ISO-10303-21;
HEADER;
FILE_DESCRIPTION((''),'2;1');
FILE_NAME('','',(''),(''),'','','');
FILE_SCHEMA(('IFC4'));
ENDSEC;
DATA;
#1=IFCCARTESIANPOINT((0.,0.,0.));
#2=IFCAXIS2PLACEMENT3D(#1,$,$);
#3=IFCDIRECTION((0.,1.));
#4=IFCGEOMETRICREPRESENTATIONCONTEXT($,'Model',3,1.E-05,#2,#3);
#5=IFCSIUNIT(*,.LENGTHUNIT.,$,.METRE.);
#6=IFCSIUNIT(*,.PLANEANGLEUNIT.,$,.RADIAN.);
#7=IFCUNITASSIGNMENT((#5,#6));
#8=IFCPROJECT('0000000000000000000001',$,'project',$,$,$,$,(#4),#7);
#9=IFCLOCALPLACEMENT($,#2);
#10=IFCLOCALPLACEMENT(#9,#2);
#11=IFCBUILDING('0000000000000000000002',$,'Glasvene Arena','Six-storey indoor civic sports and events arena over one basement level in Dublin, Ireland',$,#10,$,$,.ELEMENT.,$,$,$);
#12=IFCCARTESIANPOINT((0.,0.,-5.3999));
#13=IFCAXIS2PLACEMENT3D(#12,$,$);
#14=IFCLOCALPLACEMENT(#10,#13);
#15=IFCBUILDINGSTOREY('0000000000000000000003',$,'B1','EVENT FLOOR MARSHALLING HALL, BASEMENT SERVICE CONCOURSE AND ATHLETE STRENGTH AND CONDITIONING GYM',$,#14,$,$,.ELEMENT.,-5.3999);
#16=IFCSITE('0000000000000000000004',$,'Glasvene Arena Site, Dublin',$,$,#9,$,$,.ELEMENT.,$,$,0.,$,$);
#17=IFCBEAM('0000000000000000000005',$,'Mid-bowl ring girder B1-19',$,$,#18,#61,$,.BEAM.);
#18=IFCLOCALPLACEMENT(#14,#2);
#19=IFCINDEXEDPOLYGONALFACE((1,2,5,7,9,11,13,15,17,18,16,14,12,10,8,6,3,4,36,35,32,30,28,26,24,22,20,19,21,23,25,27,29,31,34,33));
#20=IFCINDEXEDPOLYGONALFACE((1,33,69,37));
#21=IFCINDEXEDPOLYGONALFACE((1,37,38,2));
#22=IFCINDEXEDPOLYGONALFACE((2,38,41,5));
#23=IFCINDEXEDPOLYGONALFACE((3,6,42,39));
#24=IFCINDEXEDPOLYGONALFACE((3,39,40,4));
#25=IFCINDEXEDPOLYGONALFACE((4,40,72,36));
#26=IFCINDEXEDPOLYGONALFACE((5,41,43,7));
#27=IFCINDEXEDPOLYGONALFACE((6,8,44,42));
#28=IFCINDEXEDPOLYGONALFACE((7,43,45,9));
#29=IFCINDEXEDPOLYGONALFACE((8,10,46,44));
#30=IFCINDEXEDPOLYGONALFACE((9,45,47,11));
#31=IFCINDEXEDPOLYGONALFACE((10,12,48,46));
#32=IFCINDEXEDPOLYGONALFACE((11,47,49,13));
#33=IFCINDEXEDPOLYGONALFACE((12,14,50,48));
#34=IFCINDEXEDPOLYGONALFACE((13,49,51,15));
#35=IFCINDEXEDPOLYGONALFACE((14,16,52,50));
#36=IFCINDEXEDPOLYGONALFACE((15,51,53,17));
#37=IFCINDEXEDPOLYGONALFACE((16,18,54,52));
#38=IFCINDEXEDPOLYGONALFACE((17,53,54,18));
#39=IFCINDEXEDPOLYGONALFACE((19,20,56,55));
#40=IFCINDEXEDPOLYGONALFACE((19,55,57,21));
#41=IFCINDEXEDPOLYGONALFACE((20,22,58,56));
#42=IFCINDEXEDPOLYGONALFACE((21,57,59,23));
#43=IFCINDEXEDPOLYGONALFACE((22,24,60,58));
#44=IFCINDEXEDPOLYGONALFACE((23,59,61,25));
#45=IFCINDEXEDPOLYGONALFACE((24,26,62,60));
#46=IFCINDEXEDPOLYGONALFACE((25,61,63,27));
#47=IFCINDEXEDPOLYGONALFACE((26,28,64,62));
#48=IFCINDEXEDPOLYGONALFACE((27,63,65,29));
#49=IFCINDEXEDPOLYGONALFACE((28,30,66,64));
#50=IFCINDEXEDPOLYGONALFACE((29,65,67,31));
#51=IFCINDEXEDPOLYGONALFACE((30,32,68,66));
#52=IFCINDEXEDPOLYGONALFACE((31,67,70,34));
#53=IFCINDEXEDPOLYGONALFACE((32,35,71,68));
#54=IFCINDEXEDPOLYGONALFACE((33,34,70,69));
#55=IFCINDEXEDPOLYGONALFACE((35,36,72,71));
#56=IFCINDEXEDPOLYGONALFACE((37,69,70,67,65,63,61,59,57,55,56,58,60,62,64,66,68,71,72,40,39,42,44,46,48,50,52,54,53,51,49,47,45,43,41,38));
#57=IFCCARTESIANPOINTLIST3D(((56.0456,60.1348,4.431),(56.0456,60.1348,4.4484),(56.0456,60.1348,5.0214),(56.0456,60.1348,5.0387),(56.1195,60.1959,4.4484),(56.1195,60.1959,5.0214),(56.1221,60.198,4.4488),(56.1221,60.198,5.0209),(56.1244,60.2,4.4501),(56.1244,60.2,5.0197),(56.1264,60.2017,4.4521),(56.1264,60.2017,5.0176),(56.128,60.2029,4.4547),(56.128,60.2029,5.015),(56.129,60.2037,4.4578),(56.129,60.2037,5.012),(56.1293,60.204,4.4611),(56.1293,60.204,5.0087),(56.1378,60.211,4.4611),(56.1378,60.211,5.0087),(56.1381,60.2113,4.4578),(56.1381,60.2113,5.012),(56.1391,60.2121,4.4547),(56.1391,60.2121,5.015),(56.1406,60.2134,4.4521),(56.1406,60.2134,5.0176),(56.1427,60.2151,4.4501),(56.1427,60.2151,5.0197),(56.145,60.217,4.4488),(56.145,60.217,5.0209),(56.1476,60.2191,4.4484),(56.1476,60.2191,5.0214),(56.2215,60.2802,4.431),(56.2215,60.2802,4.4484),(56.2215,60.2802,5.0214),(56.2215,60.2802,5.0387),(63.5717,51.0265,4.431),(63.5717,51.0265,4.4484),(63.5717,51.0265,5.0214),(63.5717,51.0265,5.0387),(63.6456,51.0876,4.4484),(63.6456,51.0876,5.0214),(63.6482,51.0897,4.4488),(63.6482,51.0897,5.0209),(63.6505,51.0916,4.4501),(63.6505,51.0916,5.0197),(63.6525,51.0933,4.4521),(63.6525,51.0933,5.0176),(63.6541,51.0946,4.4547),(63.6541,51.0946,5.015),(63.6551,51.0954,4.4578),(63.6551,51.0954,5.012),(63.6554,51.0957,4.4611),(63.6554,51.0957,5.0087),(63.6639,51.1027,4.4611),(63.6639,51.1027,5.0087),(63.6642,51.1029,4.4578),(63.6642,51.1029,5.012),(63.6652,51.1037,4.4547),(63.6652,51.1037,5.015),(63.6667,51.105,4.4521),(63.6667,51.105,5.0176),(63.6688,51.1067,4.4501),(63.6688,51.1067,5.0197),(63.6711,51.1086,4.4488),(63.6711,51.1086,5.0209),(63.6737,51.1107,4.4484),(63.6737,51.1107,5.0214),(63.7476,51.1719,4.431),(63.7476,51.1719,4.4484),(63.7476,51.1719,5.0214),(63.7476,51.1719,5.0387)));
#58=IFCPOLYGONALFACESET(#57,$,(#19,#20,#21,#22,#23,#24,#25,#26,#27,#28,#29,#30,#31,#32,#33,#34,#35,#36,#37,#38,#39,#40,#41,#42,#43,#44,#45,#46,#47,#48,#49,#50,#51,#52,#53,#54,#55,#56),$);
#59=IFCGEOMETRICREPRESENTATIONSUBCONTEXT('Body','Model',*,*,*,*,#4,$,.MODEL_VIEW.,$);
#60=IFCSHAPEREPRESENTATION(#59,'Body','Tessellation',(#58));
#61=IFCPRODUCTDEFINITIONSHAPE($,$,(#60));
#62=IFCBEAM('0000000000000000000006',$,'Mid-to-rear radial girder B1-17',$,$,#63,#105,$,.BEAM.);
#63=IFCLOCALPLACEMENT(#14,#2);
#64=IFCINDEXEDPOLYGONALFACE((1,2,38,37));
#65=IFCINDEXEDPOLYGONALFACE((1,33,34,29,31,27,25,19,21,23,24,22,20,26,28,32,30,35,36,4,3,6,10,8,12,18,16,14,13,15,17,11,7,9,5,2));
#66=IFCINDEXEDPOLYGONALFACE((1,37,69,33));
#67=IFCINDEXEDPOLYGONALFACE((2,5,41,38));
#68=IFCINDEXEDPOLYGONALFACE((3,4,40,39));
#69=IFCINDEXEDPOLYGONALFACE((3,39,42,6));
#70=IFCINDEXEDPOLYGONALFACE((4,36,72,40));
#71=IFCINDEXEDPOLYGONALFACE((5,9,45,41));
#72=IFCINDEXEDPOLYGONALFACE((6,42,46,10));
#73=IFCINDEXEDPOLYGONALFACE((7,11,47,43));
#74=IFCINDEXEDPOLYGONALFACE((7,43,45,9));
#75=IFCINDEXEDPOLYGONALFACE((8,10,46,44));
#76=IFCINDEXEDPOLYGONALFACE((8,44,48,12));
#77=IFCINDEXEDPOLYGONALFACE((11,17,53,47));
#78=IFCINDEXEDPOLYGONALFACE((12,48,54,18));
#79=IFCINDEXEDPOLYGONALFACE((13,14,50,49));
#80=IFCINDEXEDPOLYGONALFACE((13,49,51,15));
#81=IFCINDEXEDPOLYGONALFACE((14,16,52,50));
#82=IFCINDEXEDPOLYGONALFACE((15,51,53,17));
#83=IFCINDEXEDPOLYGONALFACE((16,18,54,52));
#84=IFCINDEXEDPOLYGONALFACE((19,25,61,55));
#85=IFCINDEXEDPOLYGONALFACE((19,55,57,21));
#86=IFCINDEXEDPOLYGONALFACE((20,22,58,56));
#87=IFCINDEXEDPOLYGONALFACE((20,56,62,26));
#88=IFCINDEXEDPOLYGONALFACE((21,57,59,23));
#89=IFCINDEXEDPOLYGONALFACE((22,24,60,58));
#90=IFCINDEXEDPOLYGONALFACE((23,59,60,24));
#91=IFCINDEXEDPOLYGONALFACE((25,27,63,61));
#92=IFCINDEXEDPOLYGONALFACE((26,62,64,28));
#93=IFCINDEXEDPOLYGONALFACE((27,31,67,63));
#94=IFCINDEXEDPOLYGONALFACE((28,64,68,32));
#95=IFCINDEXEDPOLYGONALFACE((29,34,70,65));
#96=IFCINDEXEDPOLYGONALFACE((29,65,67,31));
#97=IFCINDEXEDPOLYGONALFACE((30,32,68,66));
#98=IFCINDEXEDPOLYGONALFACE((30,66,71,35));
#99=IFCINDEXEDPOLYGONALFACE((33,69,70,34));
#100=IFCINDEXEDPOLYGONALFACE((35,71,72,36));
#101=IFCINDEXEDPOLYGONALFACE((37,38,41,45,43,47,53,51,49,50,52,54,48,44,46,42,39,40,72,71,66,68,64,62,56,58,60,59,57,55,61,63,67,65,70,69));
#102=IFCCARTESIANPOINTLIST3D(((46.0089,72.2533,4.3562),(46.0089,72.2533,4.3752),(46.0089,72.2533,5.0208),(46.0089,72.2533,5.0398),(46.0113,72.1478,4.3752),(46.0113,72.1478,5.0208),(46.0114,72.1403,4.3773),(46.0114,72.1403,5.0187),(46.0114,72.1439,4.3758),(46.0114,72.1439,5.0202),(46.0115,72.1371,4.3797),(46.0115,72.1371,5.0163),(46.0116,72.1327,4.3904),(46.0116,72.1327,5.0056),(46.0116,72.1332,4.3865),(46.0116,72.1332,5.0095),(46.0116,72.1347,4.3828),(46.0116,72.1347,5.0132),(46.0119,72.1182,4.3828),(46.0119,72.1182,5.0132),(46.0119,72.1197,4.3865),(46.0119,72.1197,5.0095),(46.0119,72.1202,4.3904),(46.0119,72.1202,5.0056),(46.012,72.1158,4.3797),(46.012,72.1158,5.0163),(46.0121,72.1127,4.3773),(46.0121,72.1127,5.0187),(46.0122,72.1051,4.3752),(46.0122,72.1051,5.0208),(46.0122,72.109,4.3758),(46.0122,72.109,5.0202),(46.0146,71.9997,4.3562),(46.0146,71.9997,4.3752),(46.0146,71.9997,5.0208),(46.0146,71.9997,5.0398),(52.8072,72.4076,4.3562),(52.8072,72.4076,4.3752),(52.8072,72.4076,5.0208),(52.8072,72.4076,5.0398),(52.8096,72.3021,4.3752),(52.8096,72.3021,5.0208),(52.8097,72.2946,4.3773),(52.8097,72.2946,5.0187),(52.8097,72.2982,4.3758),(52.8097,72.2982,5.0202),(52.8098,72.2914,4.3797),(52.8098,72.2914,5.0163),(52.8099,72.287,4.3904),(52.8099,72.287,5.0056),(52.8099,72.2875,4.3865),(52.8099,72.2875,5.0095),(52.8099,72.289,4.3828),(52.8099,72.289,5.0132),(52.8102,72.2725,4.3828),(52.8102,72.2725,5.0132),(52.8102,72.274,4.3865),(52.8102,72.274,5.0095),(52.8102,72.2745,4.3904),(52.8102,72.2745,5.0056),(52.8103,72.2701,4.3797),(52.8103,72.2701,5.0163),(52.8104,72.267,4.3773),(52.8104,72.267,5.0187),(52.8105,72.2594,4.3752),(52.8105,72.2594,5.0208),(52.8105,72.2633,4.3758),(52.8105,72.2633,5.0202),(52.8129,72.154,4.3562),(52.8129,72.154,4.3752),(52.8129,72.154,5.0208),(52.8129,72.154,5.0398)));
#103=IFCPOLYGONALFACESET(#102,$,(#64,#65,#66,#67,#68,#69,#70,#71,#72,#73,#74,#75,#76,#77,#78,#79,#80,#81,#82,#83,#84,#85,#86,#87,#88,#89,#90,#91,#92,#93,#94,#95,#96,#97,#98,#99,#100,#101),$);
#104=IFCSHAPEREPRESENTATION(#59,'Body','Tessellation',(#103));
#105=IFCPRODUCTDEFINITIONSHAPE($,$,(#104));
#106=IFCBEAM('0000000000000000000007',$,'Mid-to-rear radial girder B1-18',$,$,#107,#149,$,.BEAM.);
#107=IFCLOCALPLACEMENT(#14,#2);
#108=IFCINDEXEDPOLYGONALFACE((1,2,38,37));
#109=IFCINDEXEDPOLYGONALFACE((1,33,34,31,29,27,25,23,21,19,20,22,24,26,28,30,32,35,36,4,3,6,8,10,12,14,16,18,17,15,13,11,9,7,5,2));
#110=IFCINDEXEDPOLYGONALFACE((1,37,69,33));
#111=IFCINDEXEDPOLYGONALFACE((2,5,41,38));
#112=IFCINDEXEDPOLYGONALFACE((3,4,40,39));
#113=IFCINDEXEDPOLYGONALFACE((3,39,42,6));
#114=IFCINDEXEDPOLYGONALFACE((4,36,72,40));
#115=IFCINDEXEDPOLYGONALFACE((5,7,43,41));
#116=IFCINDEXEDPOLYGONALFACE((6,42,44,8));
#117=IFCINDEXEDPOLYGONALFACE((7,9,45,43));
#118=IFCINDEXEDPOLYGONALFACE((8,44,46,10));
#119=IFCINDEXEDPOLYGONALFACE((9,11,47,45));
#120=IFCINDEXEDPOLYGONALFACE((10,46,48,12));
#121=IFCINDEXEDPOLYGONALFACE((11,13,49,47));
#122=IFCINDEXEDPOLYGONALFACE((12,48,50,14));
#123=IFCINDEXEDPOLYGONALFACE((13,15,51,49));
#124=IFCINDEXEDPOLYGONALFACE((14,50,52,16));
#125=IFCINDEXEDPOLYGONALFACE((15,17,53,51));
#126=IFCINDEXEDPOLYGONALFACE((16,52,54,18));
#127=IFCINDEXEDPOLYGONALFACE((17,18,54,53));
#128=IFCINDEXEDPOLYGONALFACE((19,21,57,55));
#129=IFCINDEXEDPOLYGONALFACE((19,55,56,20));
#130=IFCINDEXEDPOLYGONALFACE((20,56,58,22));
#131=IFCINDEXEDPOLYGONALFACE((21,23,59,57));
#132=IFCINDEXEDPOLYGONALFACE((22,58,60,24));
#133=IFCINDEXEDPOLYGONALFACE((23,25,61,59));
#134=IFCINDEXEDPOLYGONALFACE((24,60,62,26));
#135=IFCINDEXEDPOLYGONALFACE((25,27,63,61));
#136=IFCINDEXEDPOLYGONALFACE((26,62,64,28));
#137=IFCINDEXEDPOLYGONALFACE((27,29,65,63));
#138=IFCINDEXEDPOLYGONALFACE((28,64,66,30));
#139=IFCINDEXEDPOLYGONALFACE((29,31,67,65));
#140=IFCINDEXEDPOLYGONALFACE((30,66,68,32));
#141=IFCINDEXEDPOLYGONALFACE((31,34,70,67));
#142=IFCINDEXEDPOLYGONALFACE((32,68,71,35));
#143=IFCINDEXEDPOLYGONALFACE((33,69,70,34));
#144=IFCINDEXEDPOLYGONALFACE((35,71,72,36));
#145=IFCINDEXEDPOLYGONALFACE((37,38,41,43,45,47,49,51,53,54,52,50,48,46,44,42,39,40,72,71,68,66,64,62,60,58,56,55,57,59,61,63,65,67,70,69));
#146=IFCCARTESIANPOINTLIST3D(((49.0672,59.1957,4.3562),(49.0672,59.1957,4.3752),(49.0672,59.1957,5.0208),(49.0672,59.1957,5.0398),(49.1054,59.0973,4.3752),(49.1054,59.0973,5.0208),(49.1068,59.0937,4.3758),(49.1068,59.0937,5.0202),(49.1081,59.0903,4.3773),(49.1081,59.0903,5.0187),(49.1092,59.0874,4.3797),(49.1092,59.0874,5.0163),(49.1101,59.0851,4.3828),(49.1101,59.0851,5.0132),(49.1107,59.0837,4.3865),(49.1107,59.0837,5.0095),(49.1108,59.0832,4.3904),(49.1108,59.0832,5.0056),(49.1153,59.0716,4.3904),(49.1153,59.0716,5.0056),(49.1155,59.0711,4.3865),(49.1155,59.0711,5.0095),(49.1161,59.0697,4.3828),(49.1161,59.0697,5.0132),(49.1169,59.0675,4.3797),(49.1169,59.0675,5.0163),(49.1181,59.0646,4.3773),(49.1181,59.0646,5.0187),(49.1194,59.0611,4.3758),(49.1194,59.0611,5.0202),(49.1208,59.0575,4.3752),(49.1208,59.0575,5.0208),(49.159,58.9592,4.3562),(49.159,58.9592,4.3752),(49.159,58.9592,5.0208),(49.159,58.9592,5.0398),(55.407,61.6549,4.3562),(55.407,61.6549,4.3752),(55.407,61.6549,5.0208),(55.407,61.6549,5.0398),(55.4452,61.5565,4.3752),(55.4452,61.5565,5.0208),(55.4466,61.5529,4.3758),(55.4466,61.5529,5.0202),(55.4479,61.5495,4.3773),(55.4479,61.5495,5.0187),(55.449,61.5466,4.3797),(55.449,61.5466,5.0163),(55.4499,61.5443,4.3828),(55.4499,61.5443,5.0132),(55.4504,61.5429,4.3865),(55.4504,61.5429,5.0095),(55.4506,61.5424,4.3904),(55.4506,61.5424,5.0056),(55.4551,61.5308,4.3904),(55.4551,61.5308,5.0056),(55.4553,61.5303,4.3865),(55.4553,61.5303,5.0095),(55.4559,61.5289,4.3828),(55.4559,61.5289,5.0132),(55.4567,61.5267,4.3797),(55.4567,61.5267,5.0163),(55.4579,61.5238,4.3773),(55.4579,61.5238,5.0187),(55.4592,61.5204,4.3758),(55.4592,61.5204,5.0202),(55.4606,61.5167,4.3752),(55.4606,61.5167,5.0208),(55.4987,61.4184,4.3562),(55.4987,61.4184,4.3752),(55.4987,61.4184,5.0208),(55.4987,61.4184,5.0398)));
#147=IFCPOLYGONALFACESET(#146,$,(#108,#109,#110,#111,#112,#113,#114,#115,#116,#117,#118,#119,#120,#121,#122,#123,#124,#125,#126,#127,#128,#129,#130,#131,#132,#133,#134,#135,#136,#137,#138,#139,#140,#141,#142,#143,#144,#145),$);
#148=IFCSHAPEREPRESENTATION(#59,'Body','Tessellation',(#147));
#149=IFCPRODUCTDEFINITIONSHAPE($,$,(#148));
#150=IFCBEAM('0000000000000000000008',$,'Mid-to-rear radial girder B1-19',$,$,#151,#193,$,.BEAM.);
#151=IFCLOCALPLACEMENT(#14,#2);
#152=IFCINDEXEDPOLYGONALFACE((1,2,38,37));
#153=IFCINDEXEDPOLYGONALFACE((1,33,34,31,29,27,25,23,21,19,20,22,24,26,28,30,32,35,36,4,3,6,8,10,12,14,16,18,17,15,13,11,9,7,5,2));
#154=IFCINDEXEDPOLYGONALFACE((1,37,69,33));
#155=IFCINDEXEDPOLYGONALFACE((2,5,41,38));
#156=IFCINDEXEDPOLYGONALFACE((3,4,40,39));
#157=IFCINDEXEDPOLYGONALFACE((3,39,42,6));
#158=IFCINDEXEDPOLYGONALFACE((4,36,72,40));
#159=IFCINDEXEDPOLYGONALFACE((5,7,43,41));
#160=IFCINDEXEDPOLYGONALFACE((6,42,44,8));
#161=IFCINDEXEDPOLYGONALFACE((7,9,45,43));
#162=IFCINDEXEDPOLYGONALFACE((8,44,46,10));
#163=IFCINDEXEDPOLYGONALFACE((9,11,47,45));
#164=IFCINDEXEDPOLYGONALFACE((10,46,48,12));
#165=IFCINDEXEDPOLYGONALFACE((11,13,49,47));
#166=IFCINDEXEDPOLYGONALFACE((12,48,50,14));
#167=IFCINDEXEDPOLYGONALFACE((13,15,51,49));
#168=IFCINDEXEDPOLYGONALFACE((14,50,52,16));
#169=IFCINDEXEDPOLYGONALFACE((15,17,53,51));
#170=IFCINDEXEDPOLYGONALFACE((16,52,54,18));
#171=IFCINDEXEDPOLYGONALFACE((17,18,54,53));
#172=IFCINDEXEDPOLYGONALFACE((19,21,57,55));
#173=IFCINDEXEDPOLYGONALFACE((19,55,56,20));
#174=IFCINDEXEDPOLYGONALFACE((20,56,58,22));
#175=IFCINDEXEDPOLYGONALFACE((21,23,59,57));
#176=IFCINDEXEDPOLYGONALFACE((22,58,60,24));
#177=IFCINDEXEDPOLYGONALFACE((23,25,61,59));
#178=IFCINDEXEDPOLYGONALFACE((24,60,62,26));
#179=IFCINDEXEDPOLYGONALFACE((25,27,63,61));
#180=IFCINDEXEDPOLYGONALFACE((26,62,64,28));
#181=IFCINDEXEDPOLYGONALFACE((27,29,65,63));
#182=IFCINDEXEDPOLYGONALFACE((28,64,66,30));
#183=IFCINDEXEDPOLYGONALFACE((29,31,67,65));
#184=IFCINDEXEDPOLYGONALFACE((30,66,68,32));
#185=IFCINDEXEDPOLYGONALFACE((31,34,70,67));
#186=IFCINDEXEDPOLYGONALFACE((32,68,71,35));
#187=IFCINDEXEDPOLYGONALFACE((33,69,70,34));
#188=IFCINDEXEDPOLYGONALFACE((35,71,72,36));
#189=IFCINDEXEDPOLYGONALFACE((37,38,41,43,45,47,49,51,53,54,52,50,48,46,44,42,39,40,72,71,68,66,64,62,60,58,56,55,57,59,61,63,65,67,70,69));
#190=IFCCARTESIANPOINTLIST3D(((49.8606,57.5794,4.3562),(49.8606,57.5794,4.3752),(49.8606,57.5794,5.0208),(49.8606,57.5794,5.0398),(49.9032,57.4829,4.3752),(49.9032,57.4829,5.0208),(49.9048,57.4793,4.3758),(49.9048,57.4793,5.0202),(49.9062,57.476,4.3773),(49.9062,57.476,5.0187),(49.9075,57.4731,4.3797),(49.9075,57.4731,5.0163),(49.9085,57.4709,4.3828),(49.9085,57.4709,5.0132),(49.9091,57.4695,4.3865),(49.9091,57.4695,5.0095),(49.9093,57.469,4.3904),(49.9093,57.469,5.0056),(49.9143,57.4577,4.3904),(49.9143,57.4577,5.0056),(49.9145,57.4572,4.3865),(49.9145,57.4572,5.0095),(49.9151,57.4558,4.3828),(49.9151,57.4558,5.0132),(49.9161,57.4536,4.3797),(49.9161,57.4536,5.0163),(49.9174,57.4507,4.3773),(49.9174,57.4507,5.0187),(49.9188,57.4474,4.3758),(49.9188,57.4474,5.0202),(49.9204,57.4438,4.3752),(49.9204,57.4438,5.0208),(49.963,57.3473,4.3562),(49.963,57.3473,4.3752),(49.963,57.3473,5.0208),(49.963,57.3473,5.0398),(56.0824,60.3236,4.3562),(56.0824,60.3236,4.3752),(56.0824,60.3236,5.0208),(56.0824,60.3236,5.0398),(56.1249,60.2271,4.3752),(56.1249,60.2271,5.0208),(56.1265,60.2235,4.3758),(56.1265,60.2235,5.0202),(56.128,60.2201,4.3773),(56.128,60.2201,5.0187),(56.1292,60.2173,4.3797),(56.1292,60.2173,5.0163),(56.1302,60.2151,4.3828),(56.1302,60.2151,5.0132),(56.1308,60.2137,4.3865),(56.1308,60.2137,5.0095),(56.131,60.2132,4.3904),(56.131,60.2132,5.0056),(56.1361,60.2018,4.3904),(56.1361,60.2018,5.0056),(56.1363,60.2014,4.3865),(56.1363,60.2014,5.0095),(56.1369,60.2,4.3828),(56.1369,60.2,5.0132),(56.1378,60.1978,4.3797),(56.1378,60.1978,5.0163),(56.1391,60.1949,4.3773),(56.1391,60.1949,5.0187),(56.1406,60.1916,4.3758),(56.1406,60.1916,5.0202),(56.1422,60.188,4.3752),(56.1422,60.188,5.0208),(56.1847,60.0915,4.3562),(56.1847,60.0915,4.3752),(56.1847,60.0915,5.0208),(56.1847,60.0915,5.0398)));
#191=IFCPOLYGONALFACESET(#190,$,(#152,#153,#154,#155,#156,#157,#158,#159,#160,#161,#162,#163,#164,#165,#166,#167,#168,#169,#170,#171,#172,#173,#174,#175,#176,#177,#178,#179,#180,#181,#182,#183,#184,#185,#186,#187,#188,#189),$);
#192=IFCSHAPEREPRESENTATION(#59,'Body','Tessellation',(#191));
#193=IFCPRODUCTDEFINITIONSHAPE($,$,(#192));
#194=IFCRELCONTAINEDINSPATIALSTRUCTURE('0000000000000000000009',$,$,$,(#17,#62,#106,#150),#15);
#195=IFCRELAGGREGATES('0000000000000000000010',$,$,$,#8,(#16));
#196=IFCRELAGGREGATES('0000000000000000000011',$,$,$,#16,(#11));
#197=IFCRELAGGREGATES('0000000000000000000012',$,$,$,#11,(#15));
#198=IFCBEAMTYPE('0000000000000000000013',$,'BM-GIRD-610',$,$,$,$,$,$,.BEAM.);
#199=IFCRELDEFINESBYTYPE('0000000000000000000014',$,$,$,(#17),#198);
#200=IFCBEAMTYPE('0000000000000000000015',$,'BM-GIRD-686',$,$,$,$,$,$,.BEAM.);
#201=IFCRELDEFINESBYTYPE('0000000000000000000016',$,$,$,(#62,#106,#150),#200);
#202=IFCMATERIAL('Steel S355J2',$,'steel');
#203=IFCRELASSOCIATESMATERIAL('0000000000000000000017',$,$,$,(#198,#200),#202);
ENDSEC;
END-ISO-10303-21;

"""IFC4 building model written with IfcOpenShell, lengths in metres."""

from ifc_helpers import new_model, si_unit, direction, frame, origin, origin_2d, place, context, subcontext, project, spatial, i_section, extrude, material, material_profile, profile_set, type_object, element, save


model = new_model("IFC4")

# Units and contexts
model_context = context("Model", 3, precision=1e-05, world=origin(), true_north=direction((0.0, 1.0)))
body_context = subcontext(model_context, "Body", "Model", "MODEL_VIEW")
ifc_project = project(units=[si_unit("LENGTHUNIT", "METRE"), si_unit("PLANEANGLEUNIT", "RADIAN")], contexts=[model_context])

# Site, building, storey
site_placement = place(None, origin())
site = spatial("IfcSite", under=ifc_project, at=site_placement, Name="Glasvene Arena Site, Dublin", CompositionType="ELEMENT", RefElevation=0.0)
building_placement = place(site_placement, origin())
building = spatial("IfcBuilding", under=site, at=building_placement, Name="Glasvene Arena", Description="Six-storey indoor civic sports and events arena over one basement level in Dublin, Ireland", CompositionType="ELEMENT")
storey_placement = place(building_placement, frame((0.0, 0.0, -5.3999)))
storey = spatial("IfcBuildingStorey", under=building, at=storey_placement, Name="B1", Description="EVENT FLOOR MARSHALLING HALL, BASEMENT SERVICE CONCOURSE AND ATHLETE STRENGTH AND CONDITIONING GYM", CompositionType="ELEMENT", Elevation=-5.3999)

# Shared definitions
ifc_material_1 = material(Name="Steel S355J2", Category="steel")

# Beams
ifc_material_profile_1 = material_profile(ifc_material_1, i_section(OverallWidth=0.2283, OverallDepth=0.6077, WebThickness=0.011, FlangeThickness=0.0173, FilletRadius=0.0127, at=origin_2d()), Name="UKB 610x229x113")
ifc_profile_set_1 = profile_set([ifc_material_profile_1], Name="Steel S355J2")
beam_type_1 = type_object("IfcBeamType", Name="BM-GIRD-610", PredefinedType="BEAM", material=ifc_profile_set_1)
beam_1_placement = place(storey_placement, frame((56.1335, 60.2075, 4.7349), z_axis=(0.636972, -0.770887, 0.0), x_axis=(0.770887, 0.636972, 0.0)))
element("IfcBeam", 1, at=beam_1_placement, inside=storey, type_object=beam_type_1, Name="Mid-bowl ring girder B1-19", PredefinedType="BEAM", context=body_context, shape_type="SweptSolid", body=[
    extrude(i_section(OverallWidth=0.2283, OverallDepth=0.6077, WebThickness=0.011, FlangeThickness=0.0173, FilletRadius=0.0127, at=origin_2d()), origin(), (0.0, 0.0, 1.0), 11.8154),
])
ifc_material_profile_2 = material_profile(ifc_material_1, i_section(OverallWidth=0.2537, OverallDepth=0.6836, WebThickness=0.0125, FlangeThickness=0.019, FilletRadius=0.0151, at=origin_2d()), Name="UKB 686x254x140")
ifc_profile_set_2 = profile_set([ifc_material_profile_2], Name="Steel S355J2")
beam_type_2 = type_object("IfcBeamType", Name="BM-GIRD-686", PredefinedType="BEAM", material=ifc_profile_set_2)
for number, where, z_axis, x_axis, name in (
    (2, (52.8101, 72.2808, 4.698), (-0.999743, -0.02269, 0.0), (0.02269, -0.999743, 0.0), "Mid-to-rear radial girder B1-17"),
    (3, (55.4529, 61.5366, 4.698), (-0.932316, -0.361646, 0.0), (0.361646, -0.932316, 0.0), "Mid-to-rear radial girder B1-18"),
    (4, (56.1335, 60.2075, 4.698), (-0.914957, -0.403552, 0.0), (0.403552, -0.914957, 0.0), "Mid-to-rear radial girder B1-19"),
):
    element("IfcBeam", number, at=place(storey_placement, frame(where, z_axis=z_axis, x_axis=x_axis)), inside=storey, type_object=beam_type_2, Name=name, PredefinedType="BEAM", context=body_context, shape_type="SweptSolid", body=[
        extrude(i_section(OverallWidth=0.2537, OverallDepth=0.6836, WebThickness=0.0125, FlangeThickness=0.019, FilletRadius=0.0151, at=origin_2d()), origin(), (0.0, 0.0, 1.0), 6.8),
    ])

save(model, "model.ifc")
